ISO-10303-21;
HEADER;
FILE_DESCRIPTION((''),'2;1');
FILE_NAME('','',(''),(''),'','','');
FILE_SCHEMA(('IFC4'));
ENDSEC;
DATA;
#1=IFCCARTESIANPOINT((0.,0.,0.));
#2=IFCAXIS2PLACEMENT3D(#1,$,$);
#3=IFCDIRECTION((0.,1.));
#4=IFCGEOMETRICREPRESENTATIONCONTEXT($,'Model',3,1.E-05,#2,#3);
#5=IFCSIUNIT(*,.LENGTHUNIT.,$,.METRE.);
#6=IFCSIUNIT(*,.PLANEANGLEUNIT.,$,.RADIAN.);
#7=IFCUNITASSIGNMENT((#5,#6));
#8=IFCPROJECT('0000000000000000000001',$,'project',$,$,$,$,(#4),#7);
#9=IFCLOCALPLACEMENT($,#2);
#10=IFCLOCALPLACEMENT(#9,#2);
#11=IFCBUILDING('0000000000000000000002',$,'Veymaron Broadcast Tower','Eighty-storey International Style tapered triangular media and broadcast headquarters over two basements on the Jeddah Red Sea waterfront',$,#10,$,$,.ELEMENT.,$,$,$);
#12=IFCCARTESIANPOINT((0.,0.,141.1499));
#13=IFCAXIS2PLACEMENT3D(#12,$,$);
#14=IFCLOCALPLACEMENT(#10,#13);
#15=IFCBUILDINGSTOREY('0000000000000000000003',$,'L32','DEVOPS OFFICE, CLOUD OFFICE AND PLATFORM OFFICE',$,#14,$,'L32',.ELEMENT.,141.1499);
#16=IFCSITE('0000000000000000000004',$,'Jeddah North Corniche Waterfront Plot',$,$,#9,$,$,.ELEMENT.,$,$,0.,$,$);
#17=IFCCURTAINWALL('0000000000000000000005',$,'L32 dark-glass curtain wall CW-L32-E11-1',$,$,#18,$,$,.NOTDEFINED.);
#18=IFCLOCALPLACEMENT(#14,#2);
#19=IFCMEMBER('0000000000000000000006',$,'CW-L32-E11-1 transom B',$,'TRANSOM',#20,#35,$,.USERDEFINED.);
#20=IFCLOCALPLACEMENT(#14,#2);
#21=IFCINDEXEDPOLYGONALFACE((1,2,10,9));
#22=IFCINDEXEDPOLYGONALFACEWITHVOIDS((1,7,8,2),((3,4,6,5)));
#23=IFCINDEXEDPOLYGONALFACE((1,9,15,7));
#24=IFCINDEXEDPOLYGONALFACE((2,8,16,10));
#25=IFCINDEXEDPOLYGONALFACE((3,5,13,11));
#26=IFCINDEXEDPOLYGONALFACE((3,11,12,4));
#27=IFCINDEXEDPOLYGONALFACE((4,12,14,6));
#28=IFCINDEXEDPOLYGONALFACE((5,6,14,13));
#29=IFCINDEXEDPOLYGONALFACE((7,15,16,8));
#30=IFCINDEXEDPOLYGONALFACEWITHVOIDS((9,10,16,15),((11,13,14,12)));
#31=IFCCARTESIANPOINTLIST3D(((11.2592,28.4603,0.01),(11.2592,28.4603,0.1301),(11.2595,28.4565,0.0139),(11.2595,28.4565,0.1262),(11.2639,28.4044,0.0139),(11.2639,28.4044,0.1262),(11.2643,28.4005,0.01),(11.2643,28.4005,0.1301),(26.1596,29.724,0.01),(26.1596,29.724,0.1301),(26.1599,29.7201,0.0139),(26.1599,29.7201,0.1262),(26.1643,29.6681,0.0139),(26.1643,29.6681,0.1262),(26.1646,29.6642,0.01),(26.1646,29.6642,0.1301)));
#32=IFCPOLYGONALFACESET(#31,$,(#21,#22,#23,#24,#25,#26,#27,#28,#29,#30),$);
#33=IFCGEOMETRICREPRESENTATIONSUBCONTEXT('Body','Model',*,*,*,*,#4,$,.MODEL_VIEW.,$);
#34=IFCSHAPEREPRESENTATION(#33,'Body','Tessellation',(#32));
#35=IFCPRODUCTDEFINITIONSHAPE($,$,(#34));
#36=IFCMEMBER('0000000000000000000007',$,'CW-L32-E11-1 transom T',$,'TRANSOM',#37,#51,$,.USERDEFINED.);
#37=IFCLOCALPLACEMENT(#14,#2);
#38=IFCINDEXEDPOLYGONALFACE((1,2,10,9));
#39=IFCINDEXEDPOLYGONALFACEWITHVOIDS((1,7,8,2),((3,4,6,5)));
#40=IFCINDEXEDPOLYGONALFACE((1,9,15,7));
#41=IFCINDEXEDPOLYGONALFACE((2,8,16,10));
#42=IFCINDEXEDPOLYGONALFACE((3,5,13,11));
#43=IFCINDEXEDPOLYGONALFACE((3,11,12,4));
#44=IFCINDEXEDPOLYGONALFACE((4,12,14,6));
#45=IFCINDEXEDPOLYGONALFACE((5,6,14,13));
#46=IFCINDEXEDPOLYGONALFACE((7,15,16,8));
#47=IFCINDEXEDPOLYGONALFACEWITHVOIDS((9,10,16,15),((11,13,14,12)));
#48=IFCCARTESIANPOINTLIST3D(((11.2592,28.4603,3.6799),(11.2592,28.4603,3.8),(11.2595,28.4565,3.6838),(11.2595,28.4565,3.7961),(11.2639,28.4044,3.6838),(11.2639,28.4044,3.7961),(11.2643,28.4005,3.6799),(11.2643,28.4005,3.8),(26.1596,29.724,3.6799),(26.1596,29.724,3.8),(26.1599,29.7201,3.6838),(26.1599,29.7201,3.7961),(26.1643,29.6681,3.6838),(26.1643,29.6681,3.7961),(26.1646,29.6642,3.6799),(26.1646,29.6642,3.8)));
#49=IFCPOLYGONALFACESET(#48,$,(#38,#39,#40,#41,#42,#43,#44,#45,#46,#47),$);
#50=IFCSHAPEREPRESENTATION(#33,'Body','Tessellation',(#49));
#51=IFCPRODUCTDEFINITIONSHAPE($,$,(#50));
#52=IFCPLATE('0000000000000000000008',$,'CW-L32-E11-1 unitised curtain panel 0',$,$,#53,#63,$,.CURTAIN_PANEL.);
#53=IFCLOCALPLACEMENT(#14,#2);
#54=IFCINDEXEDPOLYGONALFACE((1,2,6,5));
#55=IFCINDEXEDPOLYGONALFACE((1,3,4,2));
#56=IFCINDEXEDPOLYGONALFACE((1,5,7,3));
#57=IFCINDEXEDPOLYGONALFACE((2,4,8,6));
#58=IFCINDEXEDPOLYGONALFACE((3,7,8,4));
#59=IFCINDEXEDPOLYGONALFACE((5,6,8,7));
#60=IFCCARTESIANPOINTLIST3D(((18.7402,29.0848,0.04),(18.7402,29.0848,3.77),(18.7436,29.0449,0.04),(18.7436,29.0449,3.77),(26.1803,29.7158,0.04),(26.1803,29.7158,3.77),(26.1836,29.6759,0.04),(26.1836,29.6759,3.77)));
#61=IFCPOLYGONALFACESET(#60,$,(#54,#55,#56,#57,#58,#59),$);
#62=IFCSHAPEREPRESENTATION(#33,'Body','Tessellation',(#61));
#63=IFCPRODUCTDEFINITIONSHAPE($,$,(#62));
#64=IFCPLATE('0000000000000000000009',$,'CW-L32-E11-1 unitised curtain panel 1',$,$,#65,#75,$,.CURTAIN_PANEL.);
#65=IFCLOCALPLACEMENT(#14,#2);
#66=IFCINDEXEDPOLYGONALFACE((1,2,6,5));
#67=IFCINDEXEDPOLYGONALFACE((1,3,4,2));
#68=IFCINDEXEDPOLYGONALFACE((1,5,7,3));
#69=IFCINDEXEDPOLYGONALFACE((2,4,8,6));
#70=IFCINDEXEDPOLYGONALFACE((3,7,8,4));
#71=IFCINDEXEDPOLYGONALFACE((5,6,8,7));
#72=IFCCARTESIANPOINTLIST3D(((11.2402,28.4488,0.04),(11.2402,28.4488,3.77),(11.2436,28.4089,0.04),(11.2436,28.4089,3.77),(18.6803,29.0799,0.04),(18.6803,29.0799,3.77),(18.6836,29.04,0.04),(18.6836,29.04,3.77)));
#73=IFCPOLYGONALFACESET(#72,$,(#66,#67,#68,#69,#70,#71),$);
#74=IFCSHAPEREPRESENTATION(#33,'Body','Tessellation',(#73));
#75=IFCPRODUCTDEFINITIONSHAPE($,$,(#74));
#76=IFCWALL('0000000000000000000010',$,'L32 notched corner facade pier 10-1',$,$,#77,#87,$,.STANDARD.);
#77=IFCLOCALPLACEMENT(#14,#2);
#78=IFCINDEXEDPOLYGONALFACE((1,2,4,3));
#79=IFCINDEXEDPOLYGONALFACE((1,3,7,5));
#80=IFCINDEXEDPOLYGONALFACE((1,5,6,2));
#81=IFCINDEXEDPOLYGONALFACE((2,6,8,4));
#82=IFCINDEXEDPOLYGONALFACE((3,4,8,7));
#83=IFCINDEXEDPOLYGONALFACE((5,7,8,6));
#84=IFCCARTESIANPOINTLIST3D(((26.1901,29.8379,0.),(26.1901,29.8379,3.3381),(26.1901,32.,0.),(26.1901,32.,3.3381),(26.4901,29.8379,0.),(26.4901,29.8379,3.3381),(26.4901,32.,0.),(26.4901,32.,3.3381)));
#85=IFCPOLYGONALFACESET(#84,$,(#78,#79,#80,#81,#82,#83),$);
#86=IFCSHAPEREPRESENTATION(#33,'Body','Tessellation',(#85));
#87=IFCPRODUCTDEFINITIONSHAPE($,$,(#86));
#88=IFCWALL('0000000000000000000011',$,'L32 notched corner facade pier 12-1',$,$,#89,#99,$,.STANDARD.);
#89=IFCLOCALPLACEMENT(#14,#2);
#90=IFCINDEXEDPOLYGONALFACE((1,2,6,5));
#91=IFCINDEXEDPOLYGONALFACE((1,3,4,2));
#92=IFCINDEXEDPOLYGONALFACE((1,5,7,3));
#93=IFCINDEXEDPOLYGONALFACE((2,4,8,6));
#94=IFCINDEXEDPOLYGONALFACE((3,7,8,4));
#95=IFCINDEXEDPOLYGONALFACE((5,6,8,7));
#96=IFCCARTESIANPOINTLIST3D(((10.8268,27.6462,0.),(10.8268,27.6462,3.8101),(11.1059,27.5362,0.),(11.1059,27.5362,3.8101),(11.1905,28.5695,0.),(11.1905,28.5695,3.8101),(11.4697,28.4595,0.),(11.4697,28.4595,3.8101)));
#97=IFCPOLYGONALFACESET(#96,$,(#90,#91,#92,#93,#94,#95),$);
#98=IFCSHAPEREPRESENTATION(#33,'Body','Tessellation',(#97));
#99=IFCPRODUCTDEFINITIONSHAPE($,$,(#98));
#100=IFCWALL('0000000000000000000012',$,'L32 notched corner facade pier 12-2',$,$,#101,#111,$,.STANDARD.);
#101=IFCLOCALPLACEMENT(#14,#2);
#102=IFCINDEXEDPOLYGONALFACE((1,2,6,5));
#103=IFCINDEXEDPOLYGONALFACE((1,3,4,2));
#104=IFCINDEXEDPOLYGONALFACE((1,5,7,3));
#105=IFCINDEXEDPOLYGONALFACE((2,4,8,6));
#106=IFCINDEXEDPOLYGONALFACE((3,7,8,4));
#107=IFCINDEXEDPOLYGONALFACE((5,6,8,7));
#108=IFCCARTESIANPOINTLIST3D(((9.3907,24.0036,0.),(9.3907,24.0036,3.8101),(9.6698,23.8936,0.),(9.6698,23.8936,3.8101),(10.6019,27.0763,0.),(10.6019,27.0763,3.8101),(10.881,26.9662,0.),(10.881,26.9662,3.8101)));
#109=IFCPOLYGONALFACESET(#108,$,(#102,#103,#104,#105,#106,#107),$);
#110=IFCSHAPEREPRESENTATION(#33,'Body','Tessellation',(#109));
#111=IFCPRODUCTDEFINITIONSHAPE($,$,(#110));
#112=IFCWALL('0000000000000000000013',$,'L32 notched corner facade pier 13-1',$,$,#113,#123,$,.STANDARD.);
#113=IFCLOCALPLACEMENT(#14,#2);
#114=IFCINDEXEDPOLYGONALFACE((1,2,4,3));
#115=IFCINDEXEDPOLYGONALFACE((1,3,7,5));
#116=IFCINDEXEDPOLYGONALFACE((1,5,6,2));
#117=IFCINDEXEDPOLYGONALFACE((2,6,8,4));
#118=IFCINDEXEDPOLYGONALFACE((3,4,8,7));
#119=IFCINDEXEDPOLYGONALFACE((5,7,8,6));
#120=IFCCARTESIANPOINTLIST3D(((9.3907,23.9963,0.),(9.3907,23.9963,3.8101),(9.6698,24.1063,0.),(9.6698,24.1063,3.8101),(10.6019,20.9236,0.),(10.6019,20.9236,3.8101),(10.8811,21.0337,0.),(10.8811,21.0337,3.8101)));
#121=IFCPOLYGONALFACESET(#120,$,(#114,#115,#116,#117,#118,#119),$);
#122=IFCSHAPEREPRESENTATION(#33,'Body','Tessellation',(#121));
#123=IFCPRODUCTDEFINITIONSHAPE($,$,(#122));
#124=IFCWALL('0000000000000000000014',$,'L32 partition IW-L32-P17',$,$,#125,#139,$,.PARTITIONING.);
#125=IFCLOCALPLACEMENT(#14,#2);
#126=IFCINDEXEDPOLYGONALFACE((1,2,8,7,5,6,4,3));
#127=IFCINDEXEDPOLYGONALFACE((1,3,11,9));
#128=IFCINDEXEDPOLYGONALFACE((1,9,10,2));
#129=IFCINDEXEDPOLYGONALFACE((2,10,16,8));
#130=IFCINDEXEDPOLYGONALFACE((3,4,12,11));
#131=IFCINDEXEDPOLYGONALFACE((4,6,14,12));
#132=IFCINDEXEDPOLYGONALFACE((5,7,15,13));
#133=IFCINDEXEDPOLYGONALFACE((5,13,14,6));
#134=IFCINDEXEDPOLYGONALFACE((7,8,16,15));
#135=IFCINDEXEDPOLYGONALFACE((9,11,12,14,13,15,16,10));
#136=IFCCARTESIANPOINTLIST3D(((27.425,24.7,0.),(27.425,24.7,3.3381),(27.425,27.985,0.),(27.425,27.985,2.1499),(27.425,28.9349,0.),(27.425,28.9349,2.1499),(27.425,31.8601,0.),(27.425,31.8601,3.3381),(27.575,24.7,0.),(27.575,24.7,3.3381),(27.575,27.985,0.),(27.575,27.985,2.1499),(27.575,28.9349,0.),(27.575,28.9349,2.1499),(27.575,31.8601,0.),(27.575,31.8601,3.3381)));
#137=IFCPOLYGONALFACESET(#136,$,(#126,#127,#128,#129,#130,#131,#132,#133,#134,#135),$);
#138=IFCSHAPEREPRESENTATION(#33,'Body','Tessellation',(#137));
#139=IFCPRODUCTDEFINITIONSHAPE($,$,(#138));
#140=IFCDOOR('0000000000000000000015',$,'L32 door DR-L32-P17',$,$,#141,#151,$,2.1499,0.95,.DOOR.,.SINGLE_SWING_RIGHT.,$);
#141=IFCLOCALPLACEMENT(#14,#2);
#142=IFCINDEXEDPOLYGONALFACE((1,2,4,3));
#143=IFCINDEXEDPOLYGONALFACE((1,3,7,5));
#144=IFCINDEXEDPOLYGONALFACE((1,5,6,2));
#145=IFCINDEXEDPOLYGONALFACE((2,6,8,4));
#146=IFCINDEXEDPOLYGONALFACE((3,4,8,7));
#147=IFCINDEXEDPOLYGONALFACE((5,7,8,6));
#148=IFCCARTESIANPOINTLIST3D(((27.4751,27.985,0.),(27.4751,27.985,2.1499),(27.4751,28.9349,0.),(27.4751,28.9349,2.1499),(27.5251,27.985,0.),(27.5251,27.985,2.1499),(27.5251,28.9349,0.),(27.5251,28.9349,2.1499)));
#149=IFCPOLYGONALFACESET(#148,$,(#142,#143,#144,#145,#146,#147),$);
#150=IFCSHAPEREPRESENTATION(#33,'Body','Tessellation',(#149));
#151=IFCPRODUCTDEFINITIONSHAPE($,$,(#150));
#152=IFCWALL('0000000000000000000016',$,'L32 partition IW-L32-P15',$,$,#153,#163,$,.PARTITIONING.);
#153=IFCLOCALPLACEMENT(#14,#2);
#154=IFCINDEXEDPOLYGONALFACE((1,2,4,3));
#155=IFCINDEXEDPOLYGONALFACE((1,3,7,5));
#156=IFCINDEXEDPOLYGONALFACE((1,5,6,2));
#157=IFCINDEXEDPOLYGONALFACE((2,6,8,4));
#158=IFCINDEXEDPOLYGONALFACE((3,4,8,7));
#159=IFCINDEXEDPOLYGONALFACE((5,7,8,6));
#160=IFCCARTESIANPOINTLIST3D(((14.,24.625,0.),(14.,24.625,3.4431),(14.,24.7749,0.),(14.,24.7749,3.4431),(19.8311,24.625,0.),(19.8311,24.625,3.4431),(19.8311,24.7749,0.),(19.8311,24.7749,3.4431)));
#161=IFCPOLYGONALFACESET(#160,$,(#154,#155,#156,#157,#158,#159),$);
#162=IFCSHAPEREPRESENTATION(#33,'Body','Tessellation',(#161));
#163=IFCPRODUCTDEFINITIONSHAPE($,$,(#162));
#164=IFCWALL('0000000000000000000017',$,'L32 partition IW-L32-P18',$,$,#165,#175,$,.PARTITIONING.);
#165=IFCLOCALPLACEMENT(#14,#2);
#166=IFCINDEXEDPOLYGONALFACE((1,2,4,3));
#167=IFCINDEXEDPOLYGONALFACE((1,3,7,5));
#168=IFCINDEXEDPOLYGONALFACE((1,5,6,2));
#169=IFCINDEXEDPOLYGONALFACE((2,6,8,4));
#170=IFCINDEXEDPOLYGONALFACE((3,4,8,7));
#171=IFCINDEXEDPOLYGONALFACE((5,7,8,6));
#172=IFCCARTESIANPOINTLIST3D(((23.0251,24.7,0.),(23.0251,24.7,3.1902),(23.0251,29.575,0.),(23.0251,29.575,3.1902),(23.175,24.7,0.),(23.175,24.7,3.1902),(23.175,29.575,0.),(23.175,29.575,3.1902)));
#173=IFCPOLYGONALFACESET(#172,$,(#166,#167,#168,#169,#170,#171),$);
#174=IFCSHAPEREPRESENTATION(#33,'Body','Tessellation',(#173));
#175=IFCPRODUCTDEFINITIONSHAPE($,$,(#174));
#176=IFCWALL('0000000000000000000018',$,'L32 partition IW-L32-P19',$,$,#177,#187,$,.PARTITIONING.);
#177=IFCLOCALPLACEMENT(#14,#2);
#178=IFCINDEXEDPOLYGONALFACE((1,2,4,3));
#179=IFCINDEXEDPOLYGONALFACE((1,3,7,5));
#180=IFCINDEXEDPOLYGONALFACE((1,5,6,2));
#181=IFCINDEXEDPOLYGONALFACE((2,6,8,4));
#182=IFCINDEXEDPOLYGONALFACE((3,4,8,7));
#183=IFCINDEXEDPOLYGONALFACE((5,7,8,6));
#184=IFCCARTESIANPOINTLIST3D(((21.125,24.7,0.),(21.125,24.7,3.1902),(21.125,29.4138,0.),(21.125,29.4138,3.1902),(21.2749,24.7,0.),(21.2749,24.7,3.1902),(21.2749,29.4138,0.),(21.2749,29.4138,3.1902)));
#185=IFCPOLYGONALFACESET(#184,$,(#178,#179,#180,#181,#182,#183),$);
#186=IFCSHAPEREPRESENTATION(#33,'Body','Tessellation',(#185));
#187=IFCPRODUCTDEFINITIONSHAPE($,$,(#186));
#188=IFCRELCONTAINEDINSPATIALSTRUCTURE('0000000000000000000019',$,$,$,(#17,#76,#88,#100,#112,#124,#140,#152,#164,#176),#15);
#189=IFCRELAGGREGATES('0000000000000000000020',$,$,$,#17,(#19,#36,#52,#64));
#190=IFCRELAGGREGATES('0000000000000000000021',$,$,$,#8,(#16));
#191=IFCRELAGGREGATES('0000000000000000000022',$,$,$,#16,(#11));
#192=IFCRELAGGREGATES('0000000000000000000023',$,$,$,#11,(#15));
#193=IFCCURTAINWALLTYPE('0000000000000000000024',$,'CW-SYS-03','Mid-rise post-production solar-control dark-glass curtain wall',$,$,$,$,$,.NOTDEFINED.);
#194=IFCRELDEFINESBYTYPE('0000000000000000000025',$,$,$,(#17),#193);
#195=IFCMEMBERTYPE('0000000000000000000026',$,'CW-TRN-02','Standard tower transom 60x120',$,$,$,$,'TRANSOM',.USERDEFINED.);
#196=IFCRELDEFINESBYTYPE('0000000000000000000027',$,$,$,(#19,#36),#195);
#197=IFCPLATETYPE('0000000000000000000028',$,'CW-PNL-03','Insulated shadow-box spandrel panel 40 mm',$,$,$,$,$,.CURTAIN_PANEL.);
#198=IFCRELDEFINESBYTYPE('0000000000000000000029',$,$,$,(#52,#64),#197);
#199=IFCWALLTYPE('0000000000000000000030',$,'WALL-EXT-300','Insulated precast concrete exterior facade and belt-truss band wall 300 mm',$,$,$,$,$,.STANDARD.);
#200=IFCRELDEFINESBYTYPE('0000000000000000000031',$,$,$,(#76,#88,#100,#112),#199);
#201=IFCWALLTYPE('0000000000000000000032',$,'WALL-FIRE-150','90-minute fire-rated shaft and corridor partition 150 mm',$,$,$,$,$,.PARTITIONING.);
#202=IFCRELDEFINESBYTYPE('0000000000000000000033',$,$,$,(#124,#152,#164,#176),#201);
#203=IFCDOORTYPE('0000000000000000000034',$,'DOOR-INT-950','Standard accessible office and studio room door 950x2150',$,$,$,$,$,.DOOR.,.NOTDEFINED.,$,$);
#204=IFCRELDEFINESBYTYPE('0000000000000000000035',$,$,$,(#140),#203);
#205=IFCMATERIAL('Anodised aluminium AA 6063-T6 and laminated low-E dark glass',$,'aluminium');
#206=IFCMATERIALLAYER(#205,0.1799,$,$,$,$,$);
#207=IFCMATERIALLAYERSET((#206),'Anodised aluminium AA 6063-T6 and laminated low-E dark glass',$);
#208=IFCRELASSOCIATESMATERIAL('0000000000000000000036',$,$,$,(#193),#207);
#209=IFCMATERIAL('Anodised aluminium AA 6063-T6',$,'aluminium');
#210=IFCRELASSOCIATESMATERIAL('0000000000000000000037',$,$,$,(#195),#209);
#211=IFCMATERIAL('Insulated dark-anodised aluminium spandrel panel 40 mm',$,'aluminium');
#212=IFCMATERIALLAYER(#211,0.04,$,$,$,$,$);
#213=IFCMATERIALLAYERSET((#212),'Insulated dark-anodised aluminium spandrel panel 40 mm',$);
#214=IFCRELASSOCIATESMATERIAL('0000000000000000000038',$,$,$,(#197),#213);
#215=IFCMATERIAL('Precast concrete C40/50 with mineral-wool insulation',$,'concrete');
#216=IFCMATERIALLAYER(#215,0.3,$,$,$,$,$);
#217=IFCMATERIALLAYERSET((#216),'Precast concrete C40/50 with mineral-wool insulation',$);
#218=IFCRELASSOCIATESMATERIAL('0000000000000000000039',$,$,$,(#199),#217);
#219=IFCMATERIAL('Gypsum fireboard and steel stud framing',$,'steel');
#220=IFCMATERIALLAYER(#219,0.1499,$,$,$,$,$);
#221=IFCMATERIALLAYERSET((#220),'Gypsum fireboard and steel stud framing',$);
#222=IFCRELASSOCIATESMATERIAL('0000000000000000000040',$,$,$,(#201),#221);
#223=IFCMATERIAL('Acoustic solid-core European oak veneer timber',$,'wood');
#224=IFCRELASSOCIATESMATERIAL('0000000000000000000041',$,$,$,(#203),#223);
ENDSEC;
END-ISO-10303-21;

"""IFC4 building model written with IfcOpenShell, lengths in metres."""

from ifc_helpers import new_model, si_unit, direction, frame, frame_2d, origin, origin_2d, place, context, subcontext, project, spatial, rectangle, hollow_rectangle, extrude, material, layer, layer_set, material_profile, profile_set, type_object, element, fill, aggregate, save


model = new_model("IFC4")

# Units and contexts
model_context = context("Model", 3, precision=1e-05, world=origin(), true_north=direction((0.0, 1.0)))
body_context = subcontext(model_context, "Body", "Model", "MODEL_VIEW")
ifc_project = project(units=[si_unit("LENGTHUNIT", "METRE"), si_unit("PLANEANGLEUNIT", "RADIAN")], contexts=[model_context])

# Site, building, storey
site_placement = place(None, origin())
site = spatial("IfcSite", under=ifc_project, at=site_placement, Name="Jeddah North Corniche Waterfront Plot", CompositionType="ELEMENT", RefElevation=0.0)
building_placement = place(site_placement, origin())
building = spatial("IfcBuilding", under=site, at=building_placement, Name="Veymaron Broadcast Tower", Description="Eighty-storey International Style tapered triangular media and broadcast headquarters over two basements on the Jeddah Red Sea waterfront", CompositionType="ELEMENT")
storey_placement = place(building_placement, frame((0.0, 0.0, 141.1499)))
storey = spatial("IfcBuildingStorey", under=building, at=storey_placement, Name="L32", Description="DEVOPS OFFICE, CLOUD OFFICE AND PLATFORM OFFICE", LongName="L32", CompositionType="ELEMENT", Elevation=141.1499)

# Curtain wall, members, plates
ifc_material_1 = material(Name="Anodised aluminium AA 6063-T6 and laminated low-E dark glass", Category="aluminium")
ifc_layer_1 = layer(ifc_material_1, 0.1799)
ifc_layer_set_1 = layer_set([ifc_layer_1], Name="Anodised aluminium AA 6063-T6 and laminated low-E dark glass")
curtain_wall_type = type_object("IfcCurtainWallType", Name="CW-SYS-03", Description="Mid-rise post-production solar-control dark-glass curtain wall", PredefinedType="NOTDEFINED", material=ifc_layer_set_1)
curtain_wall_placement = place(storey_placement, origin())
curtain_wall = element("IfcCurtainWall", 1, at=curtain_wall_placement, inside=storey, type_object=curtain_wall_type, Name="L32 dark-glass curtain wall CW-L32-E11-1", PredefinedType="NOTDEFINED")
ifc_material_2 = material(Name="Anodised aluminium AA 6063-T6", Category="aluminium")
ifc_material_profile_1 = material_profile(ifc_material_2, hollow_rectangle(XDim=0.0601, YDim=0.1201, WallThickness=0.0039, at=origin_2d()), Name="AL120X60X4")
ifc_profile_set_1 = profile_set([ifc_material_profile_1], Name="Anodised aluminium AA 6063-T6")
member_type_1 = type_object("IfcMemberType", Name="CW-TRN-02", Description="Standard tower transom 60x120", ElementType="TRANSOM", PredefinedType="USERDEFINED", material=ifc_profile_set_1)
member_1_placement = place(storey_placement, frame((26.1621, 29.6941, 0.0701), z_axis=(-0.996423, -0.084505, 0.0), x_axis=(0.084505, -0.996423, 0.0)))
member_1 = element("IfcMember", 2, at=member_1_placement, type_object=member_type_1, Name="CW-L32-E11-1 transom B", ObjectType="TRANSOM", PredefinedType="USERDEFINED", context=body_context, shape_type="SweptSolid", body=[
    extrude(hollow_rectangle(XDim=0.0601, YDim=0.1201, WallThickness=0.0039, at=origin_2d()), origin(), (0.0, 0.0, 1.0), 14.9539),
])
member_2_placement = place(storey_placement, frame((26.1621, 29.6941, 3.74), z_axis=(-0.996423, -0.084505, 0.0), x_axis=(0.084505, -0.996423, 0.0)))
member_2 = element("IfcMember", 3, at=member_2_placement, type_object=member_type_1, Name="CW-L32-E11-1 transom T", ObjectType="TRANSOM", PredefinedType="USERDEFINED", context=body_context, shape_type="SweptSolid", body=[
    extrude(hollow_rectangle(XDim=0.0601, YDim=0.1201, WallThickness=0.0039, at=origin_2d()), origin(), (0.0, 0.0, 1.0), 14.9539),
])
ifc_material_3 = material(Name="Insulated dark-anodised aluminium spandrel panel 40 mm", Category="aluminium")
ifc_layer_2 = layer(ifc_material_3, 0.04)
ifc_layer_set_2 = layer_set([ifc_layer_2], Name="Insulated dark-anodised aluminium spandrel panel 40 mm")
plate_type = type_object("IfcPlateType", Name="CW-PNL-03", Description="Insulated shadow-box spandrel panel 40 mm", PredefinedType="CURTAIN_PANEL", material=ifc_layer_set_2)
plate_1_placement = place(storey_placement, frame((22.4619, 29.3804, 0.04), z_axis=(0.0, 0.0, 1.0), x_axis=(-0.996422, -0.084513, 0.0)))
plate_1 = element("IfcPlate", 4, at=plate_1_placement, type_object=plate_type, Name="CW-L32-E11-1 unitised curtain panel 0", PredefinedType="CURTAIN_PANEL", context=body_context, shape_type="SweptSolid", body=[
    extrude(rectangle(XDim=7.4668, YDim=0.04, at=origin_2d()), origin(), (0.0, 0.0, 1.0), 3.73),
])
plate_2_placement = place(storey_placement, frame((14.9619, 28.7444, 0.04), z_axis=(0.0, 0.0, 1.0), x_axis=(-0.996422, -0.084513, 0.0)))
plate_2 = element("IfcPlate", 5, at=plate_2_placement, type_object=plate_type, Name="CW-L32-E11-1 unitised curtain panel 1", PredefinedType="CURTAIN_PANEL", context=body_context, shape_type="SweptSolid", body=[
    extrude(rectangle(XDim=7.4668, YDim=0.04, at=origin_2d()), origin(), (0.0, 0.0, 1.0), 3.73),
])
aggregate(curtain_wall, [member_1, member_2, plate_1, plate_2])

# Walls
ifc_material_4 = material(Name="Precast concrete C40/50 with mineral-wool insulation", Category="concrete")
ifc_layer_3 = layer(ifc_material_4, 0.3)
ifc_layer_set_3 = layer_set([ifc_layer_3], Name="Precast concrete C40/50 with mineral-wool insulation")
wall_type_1 = type_object("IfcWallType", Name="WALL-EXT-300", Description="Insulated precast concrete exterior facade and belt-truss band wall 300 mm", PredefinedType="STANDARD", material=ifc_layer_set_3)
wall_1_placement = place(storey_placement, frame((26.3401, 32.0, 0.0), z_axis=(0.0, 0.0, 1.0), x_axis=(0.0, -1.0, 0.0)))
element("IfcWall", 6, at=wall_1_placement, inside=storey, type_object=wall_type_1, Name="L32 notched corner facade pier 10-1", PredefinedType="STANDARD", context=body_context, shape_type="SweptSolid", body=[
    extrude(rectangle(XDim=2.1621, YDim=0.3, at=frame_2d((1.0811, 0.0))), origin(), (0.0, 0.0, 1.0), 3.3381),
])
wall_2_placement = place(storey_placement, frame((11.3301, 28.5144, 0.0), z_axis=(0.0, 0.0, 1.0), x_axis=(-0.36655, -0.930398, 0.0)))
element("IfcWall", 7, at=wall_2_placement, inside=storey, type_object=wall_type_1, Name="L32 notched corner facade pier 12-1", PredefinedType="STANDARD", context=body_context, shape_type="SweptSolid", body=[
    extrude(rectangle(XDim=0.9924, YDim=0.3, at=frame_2d((0.4961, 0.0))), origin(), (0.0, 0.0, 1.0), 3.8101),
])
for number, where, z_axis, x_axis, name in (
    (8, (10.7415, 27.0212, 0.0), (0.0, 0.0, 1.0), (-0.366734, -0.930326, 0.0), "L32 notched corner facade pier 12-2"),
    (9, (9.5303, 24.0513, 0.0), (0.0, 0.0, 1.0), (0.366734, -0.930326, 0.0), "L32 notched corner facade pier 13-1"),
):
    element("IfcWall", number, at=place(storey_placement, frame(where, z_axis=z_axis, x_axis=x_axis)), inside=storey, type_object=wall_type_1, Name=name, PredefinedType="STANDARD", context=body_context, shape_type="SweptSolid", body=[
        extrude(rectangle(XDim=3.3027, YDim=0.3, at=frame_2d((1.6514, 0.0))), origin(), (0.0, 0.0, 1.0), 3.8101),
    ])

# Wall, opening, door
ifc_material_5 = material(Name="Gypsum fireboard and steel stud framing", Category="steel")
ifc_layer_4 = layer(ifc_material_5, 0.1499)
ifc_layer_set_4 = layer_set([ifc_layer_4], Name="Gypsum fireboard and steel stud framing")
wall_type_2 = type_object("IfcWallType", Name="WALL-FIRE-150", Description="90-minute fire-rated shaft and corridor partition 150 mm", PredefinedType="PARTITIONING", material=ifc_layer_set_4)
wall_3_placement = place(storey_placement, frame((27.5, 24.7, 0.0), z_axis=(0.0, 0.0, 1.0), x_axis=(0.0, 1.0, 0.0)))
wall_3 = element("IfcWall", 10, at=wall_3_placement, inside=storey, type_object=wall_type_2, Name="L32 partition IW-L32-P17", PredefinedType="PARTITIONING", context=body_context, shape_type="SweptSolid", body=[
    extrude(rectangle(XDim=7.1602, YDim=0.1499, at=frame_2d((3.5801, 0.0))), origin(), (0.0, 0.0, 1.0), 3.3381),
])
opening_placement = place(wall_3_placement, frame((3.2849, 0.0, 0.0)))
opening = element("IfcOpeningElement", 11, at=opening_placement, cuts=wall_3, PredefinedType="OPENING", context=body_context, shape_type="SweptSolid", body=[
    extrude(rectangle(XDim=0.95, YDim=2.1499, at=frame_2d((0.4751, 1.075))), frame((0.0, 0.085, 0.0), z_axis=(0.0, -1.0, 0.0), x_axis=(1.0, 0.0, 0.0)), (0.0, 0.0, 1.0), 0.1699),
])
ifc_material_6 = material(Name="Acoustic solid-core European oak veneer timber", Category="wood")
door_type = type_object("IfcDoorType", Name="DOOR-INT-950", Description="Standard accessible office and studio room door 950x2150", OperationType="NOTDEFINED", PredefinedType="DOOR", material=ifc_material_6)
door_placement = place(opening_placement, origin())
door = element("IfcDoor", 12, at=door_placement, inside=storey, type_object=door_type, Name="L32 door DR-L32-P17", OperationType="SINGLE_SWING_RIGHT", OverallHeight=2.1499, OverallWidth=0.95, PredefinedType="DOOR", context=body_context, shape_type="SweptSolid", body=[
    extrude(rectangle(XDim=0.95, YDim=2.1499, at=frame_2d((0.4751, 1.075))), frame((0.0, 0.0249, 0.0), z_axis=(0.0, -1.0, 0.0), x_axis=(1.0, 0.0, 0.0)), (0.0, 0.0, 1.0), 0.05),
])
fill(opening, door)

# Walls
wall_4_placement = place(storey_placement, frame((14.0, 24.7, 0.0), z_axis=(0.0, 0.0, 1.0), x_axis=(1.0, 0.0, 0.0)))
element("IfcWall", 13, at=wall_4_placement, inside=storey, type_object=wall_type_2, Name="L32 partition IW-L32-P15", PredefinedType="PARTITIONING", context=body_context, shape_type="SweptSolid", body=[
    extrude(rectangle(XDim=5.8311, YDim=0.1499, at=frame_2d((2.9155, 0.0))), origin(), (0.0, 0.0, 1.0), 3.4431),
])
wall_5_placement = place(storey_placement, frame((23.1001, 24.7, 0.0), z_axis=(0.0, 0.0, 1.0), x_axis=(0.0, 1.0, 0.0)))
element("IfcWall", 14, at=wall_5_placement, inside=storey, type_object=wall_type_2, Name="L32 partition IW-L32-P18", PredefinedType="PARTITIONING", context=body_context, shape_type="SweptSolid", body=[
    extrude(rectangle(XDim=4.875, YDim=0.1499, at=frame_2d((2.4375, 0.0))), origin(), (0.0, 0.0, 1.0), 3.1902),
])
wall_6_placement = place(storey_placement, frame((21.2, 24.7, 0.0), z_axis=(0.0, 0.0, 1.0), x_axis=(0.0, 1.0, 0.0)))
element("IfcWall", 15, at=wall_6_placement, inside=storey, type_object=wall_type_2, Name="L32 partition IW-L32-P19", PredefinedType="PARTITIONING", context=body_context, shape_type="SweptSolid", body=[
    extrude(rectangle(XDim=4.7139, YDim=0.1499, at=frame_2d((2.3569, 0.0))), origin(), (0.0, 0.0, 1.0), 3.1902),
])

save(model, "model.ifc")
